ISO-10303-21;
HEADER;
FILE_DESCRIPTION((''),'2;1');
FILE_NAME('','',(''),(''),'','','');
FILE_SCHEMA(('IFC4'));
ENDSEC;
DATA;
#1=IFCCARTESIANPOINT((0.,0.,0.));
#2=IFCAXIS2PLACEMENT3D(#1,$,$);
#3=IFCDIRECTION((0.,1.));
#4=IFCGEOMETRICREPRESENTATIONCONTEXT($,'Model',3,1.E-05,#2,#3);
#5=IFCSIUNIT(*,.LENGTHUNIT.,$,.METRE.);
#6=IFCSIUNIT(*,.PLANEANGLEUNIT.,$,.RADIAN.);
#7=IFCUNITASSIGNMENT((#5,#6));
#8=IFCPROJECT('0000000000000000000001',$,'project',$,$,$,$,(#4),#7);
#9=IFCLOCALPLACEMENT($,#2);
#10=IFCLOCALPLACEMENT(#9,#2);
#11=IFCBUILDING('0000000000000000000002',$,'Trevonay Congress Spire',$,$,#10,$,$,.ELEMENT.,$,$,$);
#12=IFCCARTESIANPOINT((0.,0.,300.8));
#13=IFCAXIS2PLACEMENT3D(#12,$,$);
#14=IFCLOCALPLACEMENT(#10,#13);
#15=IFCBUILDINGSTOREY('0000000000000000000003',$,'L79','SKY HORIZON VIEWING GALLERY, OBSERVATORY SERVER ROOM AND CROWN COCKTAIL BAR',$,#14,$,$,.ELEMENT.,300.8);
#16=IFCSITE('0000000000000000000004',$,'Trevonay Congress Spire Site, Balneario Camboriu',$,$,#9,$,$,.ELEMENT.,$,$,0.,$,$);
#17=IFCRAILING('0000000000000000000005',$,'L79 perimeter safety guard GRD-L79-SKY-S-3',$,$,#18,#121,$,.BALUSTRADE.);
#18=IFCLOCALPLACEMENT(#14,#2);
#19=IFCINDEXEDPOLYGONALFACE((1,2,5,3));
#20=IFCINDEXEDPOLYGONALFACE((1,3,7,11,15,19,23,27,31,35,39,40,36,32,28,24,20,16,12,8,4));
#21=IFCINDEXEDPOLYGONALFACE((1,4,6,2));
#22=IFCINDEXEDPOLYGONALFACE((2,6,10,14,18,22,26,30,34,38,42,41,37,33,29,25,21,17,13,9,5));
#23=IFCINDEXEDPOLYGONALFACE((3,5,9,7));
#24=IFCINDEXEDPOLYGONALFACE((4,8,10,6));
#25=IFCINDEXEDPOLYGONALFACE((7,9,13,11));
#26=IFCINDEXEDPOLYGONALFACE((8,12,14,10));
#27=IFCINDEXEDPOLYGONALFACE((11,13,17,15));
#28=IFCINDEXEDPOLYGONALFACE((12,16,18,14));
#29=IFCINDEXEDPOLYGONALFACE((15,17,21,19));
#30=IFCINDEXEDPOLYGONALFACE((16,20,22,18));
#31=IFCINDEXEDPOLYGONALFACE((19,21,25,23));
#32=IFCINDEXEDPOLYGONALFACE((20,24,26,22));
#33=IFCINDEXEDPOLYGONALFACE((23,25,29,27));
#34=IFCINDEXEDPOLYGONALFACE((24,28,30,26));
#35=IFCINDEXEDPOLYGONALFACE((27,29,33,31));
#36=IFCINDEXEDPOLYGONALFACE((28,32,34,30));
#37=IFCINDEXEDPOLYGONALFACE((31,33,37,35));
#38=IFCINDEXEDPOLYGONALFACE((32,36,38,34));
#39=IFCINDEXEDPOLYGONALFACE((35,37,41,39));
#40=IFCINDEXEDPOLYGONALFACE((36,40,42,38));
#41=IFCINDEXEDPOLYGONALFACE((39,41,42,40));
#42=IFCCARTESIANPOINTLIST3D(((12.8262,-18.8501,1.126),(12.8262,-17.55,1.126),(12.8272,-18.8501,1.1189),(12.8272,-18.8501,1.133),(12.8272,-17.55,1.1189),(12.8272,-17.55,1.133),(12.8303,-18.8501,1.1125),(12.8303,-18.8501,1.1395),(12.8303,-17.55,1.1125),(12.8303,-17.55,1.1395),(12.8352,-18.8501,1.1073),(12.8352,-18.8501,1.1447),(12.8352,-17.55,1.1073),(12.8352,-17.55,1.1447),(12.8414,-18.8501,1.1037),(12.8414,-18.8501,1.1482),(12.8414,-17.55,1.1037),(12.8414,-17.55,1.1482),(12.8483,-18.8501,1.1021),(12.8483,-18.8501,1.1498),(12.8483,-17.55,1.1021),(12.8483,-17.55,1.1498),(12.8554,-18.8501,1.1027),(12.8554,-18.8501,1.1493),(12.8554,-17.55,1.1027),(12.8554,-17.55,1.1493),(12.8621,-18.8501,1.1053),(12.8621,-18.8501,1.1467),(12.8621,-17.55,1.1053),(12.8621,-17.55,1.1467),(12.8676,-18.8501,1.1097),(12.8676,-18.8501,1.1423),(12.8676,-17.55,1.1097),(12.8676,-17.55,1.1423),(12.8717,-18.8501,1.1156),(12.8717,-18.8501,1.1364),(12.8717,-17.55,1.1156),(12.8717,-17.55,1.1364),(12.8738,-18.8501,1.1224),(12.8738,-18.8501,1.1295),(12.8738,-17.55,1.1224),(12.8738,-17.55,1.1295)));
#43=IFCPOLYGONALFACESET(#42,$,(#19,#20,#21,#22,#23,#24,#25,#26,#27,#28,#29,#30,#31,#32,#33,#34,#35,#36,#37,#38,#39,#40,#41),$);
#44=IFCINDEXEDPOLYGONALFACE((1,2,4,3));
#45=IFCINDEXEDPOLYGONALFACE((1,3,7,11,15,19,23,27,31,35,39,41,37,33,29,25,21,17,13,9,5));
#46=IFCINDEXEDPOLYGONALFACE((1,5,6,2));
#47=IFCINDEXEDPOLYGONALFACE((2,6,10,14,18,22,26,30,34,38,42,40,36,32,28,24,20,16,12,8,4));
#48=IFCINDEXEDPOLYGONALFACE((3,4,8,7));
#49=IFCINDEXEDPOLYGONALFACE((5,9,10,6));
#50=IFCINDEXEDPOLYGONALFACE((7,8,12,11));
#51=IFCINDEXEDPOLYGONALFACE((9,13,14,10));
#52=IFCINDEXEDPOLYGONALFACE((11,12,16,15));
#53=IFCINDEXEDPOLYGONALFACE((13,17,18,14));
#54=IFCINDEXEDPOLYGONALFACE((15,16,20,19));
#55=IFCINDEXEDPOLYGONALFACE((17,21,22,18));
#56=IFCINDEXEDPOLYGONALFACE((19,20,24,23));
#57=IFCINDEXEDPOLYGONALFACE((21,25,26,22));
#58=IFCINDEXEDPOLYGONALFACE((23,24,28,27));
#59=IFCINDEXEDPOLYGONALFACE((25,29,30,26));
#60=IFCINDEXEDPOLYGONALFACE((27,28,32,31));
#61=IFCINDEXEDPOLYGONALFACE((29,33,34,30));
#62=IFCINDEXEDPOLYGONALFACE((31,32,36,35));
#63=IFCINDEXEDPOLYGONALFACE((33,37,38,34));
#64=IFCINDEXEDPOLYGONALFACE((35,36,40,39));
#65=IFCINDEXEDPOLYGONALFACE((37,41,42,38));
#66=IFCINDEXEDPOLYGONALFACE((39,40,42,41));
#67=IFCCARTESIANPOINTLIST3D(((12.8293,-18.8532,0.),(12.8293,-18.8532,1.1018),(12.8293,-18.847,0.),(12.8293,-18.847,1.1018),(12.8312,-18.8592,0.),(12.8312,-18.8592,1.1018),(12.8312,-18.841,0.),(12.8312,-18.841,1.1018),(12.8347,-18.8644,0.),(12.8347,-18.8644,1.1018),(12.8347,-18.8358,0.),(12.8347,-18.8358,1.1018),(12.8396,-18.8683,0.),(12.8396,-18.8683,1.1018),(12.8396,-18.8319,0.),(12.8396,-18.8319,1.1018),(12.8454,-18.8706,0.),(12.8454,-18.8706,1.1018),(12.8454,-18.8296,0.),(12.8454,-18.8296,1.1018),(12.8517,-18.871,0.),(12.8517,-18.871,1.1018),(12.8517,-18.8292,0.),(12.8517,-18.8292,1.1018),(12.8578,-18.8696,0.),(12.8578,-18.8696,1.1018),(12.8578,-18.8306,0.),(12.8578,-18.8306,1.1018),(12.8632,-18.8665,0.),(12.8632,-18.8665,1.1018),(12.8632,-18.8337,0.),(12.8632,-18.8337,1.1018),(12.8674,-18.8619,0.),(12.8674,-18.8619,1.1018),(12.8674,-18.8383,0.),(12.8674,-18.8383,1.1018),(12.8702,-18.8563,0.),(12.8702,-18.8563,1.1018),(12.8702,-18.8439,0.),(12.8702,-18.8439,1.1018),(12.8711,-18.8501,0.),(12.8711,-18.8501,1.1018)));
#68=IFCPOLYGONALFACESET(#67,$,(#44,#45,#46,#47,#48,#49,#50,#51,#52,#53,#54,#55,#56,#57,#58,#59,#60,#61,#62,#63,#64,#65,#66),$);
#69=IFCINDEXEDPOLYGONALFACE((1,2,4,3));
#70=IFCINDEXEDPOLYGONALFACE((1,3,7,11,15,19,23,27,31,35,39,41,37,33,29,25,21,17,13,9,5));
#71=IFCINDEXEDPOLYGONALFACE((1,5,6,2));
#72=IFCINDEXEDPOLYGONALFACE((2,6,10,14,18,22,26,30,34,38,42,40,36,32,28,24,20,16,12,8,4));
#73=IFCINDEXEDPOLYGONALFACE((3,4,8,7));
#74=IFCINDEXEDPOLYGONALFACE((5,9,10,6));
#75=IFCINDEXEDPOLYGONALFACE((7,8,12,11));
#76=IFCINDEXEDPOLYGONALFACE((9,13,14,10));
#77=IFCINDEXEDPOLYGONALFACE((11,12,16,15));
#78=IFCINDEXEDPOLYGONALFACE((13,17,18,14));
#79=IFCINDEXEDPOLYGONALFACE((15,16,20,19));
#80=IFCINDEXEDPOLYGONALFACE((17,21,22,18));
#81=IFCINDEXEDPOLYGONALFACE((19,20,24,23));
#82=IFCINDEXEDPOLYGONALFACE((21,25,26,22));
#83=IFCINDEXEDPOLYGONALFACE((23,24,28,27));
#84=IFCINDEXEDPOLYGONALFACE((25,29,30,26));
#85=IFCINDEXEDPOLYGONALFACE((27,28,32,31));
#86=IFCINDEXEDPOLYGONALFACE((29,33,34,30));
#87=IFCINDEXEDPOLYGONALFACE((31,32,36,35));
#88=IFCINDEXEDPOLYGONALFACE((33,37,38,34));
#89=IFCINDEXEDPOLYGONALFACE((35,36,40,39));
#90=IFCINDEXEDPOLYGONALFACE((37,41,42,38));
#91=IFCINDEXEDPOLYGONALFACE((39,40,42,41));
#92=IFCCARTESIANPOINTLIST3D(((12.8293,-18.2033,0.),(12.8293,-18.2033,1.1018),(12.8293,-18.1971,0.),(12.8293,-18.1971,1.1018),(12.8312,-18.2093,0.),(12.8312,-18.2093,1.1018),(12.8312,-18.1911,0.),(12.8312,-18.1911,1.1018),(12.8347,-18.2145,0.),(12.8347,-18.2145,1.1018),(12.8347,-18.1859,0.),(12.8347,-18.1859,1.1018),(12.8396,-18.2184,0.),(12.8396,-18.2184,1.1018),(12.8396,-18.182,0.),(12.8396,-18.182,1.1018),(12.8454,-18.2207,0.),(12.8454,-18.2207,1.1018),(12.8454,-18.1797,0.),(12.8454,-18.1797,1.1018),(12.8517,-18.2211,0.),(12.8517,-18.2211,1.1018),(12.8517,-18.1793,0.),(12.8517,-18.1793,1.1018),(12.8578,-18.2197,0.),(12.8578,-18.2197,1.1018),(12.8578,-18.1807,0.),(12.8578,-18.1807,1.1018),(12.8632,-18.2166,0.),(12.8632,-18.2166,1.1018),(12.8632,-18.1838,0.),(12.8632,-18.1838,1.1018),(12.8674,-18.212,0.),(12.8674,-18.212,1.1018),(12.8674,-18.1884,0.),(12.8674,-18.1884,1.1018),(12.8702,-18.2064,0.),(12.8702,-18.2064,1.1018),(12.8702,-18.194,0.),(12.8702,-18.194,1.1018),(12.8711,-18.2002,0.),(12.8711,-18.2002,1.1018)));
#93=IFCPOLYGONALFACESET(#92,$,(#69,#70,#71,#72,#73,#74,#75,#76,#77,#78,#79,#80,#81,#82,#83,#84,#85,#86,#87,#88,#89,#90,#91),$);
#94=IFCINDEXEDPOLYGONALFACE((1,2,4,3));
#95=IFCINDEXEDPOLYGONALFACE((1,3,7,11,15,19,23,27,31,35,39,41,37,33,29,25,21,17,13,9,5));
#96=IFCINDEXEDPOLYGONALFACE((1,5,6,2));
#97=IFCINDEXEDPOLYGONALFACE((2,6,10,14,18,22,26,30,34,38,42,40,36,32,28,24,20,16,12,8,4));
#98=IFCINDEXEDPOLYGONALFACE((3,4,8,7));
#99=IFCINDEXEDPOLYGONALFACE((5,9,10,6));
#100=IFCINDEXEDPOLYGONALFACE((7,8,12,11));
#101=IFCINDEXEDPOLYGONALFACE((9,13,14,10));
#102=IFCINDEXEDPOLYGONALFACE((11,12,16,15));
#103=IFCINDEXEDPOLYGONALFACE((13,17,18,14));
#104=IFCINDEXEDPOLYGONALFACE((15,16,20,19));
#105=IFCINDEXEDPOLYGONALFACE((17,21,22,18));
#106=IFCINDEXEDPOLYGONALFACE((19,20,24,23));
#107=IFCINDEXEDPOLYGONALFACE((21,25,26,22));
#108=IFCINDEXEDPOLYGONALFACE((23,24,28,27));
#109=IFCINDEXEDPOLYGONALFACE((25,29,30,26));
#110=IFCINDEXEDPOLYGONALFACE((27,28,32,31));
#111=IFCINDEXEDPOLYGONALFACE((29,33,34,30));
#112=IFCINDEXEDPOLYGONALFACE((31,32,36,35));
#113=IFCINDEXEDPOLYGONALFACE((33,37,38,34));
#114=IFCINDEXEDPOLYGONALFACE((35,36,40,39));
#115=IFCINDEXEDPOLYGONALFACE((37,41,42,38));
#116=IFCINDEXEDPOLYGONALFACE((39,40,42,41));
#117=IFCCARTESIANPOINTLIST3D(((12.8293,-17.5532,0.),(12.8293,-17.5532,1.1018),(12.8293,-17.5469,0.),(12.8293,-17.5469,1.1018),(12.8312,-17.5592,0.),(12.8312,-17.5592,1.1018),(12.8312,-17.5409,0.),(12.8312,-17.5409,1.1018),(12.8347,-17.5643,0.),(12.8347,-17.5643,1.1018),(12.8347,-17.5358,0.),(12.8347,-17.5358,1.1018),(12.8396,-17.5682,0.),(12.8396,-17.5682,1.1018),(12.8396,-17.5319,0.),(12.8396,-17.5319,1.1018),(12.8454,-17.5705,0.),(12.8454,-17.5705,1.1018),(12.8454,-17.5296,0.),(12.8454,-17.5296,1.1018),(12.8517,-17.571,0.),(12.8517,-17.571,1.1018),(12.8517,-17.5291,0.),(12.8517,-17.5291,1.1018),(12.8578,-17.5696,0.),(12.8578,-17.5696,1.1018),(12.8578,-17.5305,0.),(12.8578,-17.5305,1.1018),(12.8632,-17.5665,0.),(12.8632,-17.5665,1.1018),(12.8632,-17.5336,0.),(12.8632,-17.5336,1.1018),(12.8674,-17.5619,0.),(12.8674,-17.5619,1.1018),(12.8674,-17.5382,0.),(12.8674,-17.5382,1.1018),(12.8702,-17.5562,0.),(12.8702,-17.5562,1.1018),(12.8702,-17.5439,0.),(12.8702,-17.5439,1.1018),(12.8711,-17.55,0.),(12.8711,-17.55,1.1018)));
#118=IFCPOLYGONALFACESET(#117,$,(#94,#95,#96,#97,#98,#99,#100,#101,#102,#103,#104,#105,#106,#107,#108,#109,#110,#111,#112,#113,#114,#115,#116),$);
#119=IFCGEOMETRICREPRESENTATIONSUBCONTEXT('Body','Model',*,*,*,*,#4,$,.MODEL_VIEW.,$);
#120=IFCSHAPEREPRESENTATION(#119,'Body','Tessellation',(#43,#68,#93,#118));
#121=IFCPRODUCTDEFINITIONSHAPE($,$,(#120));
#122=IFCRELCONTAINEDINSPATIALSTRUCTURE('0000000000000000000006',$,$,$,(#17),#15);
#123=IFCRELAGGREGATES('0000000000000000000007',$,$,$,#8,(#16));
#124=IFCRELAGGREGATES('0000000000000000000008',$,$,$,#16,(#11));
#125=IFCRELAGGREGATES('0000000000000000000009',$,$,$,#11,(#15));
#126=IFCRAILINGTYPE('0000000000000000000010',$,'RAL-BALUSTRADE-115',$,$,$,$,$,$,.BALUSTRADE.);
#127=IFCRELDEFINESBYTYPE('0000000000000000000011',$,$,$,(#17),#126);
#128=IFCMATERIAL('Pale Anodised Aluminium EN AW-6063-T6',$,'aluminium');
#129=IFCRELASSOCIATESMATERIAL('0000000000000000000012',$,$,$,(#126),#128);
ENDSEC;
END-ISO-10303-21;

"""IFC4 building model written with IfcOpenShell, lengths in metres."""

from ifc_helpers import new_model, si_unit, direction, frame, origin, origin_2d, place, context, subcontext, project, spatial, circle, extrude, material, type_object, element, save


model = new_model("IFC4")

# Units and contexts
model_context = context("Model", 3, precision=1e-05, world=origin(), true_north=direction((0.0, 1.0)))
body_context = subcontext(model_context, "Body", "Model", "MODEL_VIEW")
ifc_project = project(units=[si_unit("LENGTHUNIT", "METRE"), si_unit("PLANEANGLEUNIT", "RADIAN")], contexts=[model_context])

# Site, building, storey
site_placement = place(None, origin())
site = spatial("IfcSite", under=ifc_project, at=site_placement, Name="Trevonay Congress Spire Site, Balneario Camboriu", CompositionType="ELEMENT", RefElevation=0.0)
building_placement = place(site_placement, origin())
building = spatial("IfcBuilding", under=site, at=building_placement, Name="Trevonay Congress Spire", CompositionType="ELEMENT")
storey_placement = place(building_placement, frame((0.0, 0.0, 300.8)))
storey = spatial("IfcBuildingStorey", under=building, at=storey_placement, Name="L79", Description="SKY HORIZON VIEWING GALLERY, OBSERVATORY SERVER ROOM AND CROWN COCKTAIL BAR", CompositionType="ELEMENT", Elevation=300.8)

# Shared definitions
ifc_material_1 = material(Name="Pale Anodised Aluminium EN AW-6063-T6", Category="aluminium")

# Railing
railing_type = type_object("IfcRailingType", Name="RAL-BALUSTRADE-115", PredefinedType="BALUSTRADE", material=ifc_material_1)
railing_placement = place(storey_placement, frame((12.8501, -18.8501, 0.0)))
element("IfcRailing", 1, at=railing_placement, inside=storey, type_object=railing_type, Name="L79 perimeter safety guard GRD-L79-SKY-S-3", PredefinedType="BALUSTRADE", context=body_context, shape_type="SweptSolid", body=[
    extrude(circle(Radius=0.0239, at=origin_2d()), frame((0.0, 0.0, 1.126), z_axis=(0.0, 1.0, 0.0), x_axis=(-1.0, 0.0, 0.0)), (0.0, 0.0, 1.0), 1.3),
    extrude(circle(Radius=0.021, at=origin_2d()), origin(), (0.0, 0.0, 1.0), 1.1018),
    extrude(circle(Radius=0.021, at=origin_2d()), frame((0.0, 0.6499, 0.0)), (0.0, 0.0, 1.0), 1.1018),
    extrude(circle(Radius=0.021, at=origin_2d()), frame((0.0, 1.3, 0.0)), (0.0, 0.0, 1.0), 1.1018),
])

save(model, "model.ifc")
